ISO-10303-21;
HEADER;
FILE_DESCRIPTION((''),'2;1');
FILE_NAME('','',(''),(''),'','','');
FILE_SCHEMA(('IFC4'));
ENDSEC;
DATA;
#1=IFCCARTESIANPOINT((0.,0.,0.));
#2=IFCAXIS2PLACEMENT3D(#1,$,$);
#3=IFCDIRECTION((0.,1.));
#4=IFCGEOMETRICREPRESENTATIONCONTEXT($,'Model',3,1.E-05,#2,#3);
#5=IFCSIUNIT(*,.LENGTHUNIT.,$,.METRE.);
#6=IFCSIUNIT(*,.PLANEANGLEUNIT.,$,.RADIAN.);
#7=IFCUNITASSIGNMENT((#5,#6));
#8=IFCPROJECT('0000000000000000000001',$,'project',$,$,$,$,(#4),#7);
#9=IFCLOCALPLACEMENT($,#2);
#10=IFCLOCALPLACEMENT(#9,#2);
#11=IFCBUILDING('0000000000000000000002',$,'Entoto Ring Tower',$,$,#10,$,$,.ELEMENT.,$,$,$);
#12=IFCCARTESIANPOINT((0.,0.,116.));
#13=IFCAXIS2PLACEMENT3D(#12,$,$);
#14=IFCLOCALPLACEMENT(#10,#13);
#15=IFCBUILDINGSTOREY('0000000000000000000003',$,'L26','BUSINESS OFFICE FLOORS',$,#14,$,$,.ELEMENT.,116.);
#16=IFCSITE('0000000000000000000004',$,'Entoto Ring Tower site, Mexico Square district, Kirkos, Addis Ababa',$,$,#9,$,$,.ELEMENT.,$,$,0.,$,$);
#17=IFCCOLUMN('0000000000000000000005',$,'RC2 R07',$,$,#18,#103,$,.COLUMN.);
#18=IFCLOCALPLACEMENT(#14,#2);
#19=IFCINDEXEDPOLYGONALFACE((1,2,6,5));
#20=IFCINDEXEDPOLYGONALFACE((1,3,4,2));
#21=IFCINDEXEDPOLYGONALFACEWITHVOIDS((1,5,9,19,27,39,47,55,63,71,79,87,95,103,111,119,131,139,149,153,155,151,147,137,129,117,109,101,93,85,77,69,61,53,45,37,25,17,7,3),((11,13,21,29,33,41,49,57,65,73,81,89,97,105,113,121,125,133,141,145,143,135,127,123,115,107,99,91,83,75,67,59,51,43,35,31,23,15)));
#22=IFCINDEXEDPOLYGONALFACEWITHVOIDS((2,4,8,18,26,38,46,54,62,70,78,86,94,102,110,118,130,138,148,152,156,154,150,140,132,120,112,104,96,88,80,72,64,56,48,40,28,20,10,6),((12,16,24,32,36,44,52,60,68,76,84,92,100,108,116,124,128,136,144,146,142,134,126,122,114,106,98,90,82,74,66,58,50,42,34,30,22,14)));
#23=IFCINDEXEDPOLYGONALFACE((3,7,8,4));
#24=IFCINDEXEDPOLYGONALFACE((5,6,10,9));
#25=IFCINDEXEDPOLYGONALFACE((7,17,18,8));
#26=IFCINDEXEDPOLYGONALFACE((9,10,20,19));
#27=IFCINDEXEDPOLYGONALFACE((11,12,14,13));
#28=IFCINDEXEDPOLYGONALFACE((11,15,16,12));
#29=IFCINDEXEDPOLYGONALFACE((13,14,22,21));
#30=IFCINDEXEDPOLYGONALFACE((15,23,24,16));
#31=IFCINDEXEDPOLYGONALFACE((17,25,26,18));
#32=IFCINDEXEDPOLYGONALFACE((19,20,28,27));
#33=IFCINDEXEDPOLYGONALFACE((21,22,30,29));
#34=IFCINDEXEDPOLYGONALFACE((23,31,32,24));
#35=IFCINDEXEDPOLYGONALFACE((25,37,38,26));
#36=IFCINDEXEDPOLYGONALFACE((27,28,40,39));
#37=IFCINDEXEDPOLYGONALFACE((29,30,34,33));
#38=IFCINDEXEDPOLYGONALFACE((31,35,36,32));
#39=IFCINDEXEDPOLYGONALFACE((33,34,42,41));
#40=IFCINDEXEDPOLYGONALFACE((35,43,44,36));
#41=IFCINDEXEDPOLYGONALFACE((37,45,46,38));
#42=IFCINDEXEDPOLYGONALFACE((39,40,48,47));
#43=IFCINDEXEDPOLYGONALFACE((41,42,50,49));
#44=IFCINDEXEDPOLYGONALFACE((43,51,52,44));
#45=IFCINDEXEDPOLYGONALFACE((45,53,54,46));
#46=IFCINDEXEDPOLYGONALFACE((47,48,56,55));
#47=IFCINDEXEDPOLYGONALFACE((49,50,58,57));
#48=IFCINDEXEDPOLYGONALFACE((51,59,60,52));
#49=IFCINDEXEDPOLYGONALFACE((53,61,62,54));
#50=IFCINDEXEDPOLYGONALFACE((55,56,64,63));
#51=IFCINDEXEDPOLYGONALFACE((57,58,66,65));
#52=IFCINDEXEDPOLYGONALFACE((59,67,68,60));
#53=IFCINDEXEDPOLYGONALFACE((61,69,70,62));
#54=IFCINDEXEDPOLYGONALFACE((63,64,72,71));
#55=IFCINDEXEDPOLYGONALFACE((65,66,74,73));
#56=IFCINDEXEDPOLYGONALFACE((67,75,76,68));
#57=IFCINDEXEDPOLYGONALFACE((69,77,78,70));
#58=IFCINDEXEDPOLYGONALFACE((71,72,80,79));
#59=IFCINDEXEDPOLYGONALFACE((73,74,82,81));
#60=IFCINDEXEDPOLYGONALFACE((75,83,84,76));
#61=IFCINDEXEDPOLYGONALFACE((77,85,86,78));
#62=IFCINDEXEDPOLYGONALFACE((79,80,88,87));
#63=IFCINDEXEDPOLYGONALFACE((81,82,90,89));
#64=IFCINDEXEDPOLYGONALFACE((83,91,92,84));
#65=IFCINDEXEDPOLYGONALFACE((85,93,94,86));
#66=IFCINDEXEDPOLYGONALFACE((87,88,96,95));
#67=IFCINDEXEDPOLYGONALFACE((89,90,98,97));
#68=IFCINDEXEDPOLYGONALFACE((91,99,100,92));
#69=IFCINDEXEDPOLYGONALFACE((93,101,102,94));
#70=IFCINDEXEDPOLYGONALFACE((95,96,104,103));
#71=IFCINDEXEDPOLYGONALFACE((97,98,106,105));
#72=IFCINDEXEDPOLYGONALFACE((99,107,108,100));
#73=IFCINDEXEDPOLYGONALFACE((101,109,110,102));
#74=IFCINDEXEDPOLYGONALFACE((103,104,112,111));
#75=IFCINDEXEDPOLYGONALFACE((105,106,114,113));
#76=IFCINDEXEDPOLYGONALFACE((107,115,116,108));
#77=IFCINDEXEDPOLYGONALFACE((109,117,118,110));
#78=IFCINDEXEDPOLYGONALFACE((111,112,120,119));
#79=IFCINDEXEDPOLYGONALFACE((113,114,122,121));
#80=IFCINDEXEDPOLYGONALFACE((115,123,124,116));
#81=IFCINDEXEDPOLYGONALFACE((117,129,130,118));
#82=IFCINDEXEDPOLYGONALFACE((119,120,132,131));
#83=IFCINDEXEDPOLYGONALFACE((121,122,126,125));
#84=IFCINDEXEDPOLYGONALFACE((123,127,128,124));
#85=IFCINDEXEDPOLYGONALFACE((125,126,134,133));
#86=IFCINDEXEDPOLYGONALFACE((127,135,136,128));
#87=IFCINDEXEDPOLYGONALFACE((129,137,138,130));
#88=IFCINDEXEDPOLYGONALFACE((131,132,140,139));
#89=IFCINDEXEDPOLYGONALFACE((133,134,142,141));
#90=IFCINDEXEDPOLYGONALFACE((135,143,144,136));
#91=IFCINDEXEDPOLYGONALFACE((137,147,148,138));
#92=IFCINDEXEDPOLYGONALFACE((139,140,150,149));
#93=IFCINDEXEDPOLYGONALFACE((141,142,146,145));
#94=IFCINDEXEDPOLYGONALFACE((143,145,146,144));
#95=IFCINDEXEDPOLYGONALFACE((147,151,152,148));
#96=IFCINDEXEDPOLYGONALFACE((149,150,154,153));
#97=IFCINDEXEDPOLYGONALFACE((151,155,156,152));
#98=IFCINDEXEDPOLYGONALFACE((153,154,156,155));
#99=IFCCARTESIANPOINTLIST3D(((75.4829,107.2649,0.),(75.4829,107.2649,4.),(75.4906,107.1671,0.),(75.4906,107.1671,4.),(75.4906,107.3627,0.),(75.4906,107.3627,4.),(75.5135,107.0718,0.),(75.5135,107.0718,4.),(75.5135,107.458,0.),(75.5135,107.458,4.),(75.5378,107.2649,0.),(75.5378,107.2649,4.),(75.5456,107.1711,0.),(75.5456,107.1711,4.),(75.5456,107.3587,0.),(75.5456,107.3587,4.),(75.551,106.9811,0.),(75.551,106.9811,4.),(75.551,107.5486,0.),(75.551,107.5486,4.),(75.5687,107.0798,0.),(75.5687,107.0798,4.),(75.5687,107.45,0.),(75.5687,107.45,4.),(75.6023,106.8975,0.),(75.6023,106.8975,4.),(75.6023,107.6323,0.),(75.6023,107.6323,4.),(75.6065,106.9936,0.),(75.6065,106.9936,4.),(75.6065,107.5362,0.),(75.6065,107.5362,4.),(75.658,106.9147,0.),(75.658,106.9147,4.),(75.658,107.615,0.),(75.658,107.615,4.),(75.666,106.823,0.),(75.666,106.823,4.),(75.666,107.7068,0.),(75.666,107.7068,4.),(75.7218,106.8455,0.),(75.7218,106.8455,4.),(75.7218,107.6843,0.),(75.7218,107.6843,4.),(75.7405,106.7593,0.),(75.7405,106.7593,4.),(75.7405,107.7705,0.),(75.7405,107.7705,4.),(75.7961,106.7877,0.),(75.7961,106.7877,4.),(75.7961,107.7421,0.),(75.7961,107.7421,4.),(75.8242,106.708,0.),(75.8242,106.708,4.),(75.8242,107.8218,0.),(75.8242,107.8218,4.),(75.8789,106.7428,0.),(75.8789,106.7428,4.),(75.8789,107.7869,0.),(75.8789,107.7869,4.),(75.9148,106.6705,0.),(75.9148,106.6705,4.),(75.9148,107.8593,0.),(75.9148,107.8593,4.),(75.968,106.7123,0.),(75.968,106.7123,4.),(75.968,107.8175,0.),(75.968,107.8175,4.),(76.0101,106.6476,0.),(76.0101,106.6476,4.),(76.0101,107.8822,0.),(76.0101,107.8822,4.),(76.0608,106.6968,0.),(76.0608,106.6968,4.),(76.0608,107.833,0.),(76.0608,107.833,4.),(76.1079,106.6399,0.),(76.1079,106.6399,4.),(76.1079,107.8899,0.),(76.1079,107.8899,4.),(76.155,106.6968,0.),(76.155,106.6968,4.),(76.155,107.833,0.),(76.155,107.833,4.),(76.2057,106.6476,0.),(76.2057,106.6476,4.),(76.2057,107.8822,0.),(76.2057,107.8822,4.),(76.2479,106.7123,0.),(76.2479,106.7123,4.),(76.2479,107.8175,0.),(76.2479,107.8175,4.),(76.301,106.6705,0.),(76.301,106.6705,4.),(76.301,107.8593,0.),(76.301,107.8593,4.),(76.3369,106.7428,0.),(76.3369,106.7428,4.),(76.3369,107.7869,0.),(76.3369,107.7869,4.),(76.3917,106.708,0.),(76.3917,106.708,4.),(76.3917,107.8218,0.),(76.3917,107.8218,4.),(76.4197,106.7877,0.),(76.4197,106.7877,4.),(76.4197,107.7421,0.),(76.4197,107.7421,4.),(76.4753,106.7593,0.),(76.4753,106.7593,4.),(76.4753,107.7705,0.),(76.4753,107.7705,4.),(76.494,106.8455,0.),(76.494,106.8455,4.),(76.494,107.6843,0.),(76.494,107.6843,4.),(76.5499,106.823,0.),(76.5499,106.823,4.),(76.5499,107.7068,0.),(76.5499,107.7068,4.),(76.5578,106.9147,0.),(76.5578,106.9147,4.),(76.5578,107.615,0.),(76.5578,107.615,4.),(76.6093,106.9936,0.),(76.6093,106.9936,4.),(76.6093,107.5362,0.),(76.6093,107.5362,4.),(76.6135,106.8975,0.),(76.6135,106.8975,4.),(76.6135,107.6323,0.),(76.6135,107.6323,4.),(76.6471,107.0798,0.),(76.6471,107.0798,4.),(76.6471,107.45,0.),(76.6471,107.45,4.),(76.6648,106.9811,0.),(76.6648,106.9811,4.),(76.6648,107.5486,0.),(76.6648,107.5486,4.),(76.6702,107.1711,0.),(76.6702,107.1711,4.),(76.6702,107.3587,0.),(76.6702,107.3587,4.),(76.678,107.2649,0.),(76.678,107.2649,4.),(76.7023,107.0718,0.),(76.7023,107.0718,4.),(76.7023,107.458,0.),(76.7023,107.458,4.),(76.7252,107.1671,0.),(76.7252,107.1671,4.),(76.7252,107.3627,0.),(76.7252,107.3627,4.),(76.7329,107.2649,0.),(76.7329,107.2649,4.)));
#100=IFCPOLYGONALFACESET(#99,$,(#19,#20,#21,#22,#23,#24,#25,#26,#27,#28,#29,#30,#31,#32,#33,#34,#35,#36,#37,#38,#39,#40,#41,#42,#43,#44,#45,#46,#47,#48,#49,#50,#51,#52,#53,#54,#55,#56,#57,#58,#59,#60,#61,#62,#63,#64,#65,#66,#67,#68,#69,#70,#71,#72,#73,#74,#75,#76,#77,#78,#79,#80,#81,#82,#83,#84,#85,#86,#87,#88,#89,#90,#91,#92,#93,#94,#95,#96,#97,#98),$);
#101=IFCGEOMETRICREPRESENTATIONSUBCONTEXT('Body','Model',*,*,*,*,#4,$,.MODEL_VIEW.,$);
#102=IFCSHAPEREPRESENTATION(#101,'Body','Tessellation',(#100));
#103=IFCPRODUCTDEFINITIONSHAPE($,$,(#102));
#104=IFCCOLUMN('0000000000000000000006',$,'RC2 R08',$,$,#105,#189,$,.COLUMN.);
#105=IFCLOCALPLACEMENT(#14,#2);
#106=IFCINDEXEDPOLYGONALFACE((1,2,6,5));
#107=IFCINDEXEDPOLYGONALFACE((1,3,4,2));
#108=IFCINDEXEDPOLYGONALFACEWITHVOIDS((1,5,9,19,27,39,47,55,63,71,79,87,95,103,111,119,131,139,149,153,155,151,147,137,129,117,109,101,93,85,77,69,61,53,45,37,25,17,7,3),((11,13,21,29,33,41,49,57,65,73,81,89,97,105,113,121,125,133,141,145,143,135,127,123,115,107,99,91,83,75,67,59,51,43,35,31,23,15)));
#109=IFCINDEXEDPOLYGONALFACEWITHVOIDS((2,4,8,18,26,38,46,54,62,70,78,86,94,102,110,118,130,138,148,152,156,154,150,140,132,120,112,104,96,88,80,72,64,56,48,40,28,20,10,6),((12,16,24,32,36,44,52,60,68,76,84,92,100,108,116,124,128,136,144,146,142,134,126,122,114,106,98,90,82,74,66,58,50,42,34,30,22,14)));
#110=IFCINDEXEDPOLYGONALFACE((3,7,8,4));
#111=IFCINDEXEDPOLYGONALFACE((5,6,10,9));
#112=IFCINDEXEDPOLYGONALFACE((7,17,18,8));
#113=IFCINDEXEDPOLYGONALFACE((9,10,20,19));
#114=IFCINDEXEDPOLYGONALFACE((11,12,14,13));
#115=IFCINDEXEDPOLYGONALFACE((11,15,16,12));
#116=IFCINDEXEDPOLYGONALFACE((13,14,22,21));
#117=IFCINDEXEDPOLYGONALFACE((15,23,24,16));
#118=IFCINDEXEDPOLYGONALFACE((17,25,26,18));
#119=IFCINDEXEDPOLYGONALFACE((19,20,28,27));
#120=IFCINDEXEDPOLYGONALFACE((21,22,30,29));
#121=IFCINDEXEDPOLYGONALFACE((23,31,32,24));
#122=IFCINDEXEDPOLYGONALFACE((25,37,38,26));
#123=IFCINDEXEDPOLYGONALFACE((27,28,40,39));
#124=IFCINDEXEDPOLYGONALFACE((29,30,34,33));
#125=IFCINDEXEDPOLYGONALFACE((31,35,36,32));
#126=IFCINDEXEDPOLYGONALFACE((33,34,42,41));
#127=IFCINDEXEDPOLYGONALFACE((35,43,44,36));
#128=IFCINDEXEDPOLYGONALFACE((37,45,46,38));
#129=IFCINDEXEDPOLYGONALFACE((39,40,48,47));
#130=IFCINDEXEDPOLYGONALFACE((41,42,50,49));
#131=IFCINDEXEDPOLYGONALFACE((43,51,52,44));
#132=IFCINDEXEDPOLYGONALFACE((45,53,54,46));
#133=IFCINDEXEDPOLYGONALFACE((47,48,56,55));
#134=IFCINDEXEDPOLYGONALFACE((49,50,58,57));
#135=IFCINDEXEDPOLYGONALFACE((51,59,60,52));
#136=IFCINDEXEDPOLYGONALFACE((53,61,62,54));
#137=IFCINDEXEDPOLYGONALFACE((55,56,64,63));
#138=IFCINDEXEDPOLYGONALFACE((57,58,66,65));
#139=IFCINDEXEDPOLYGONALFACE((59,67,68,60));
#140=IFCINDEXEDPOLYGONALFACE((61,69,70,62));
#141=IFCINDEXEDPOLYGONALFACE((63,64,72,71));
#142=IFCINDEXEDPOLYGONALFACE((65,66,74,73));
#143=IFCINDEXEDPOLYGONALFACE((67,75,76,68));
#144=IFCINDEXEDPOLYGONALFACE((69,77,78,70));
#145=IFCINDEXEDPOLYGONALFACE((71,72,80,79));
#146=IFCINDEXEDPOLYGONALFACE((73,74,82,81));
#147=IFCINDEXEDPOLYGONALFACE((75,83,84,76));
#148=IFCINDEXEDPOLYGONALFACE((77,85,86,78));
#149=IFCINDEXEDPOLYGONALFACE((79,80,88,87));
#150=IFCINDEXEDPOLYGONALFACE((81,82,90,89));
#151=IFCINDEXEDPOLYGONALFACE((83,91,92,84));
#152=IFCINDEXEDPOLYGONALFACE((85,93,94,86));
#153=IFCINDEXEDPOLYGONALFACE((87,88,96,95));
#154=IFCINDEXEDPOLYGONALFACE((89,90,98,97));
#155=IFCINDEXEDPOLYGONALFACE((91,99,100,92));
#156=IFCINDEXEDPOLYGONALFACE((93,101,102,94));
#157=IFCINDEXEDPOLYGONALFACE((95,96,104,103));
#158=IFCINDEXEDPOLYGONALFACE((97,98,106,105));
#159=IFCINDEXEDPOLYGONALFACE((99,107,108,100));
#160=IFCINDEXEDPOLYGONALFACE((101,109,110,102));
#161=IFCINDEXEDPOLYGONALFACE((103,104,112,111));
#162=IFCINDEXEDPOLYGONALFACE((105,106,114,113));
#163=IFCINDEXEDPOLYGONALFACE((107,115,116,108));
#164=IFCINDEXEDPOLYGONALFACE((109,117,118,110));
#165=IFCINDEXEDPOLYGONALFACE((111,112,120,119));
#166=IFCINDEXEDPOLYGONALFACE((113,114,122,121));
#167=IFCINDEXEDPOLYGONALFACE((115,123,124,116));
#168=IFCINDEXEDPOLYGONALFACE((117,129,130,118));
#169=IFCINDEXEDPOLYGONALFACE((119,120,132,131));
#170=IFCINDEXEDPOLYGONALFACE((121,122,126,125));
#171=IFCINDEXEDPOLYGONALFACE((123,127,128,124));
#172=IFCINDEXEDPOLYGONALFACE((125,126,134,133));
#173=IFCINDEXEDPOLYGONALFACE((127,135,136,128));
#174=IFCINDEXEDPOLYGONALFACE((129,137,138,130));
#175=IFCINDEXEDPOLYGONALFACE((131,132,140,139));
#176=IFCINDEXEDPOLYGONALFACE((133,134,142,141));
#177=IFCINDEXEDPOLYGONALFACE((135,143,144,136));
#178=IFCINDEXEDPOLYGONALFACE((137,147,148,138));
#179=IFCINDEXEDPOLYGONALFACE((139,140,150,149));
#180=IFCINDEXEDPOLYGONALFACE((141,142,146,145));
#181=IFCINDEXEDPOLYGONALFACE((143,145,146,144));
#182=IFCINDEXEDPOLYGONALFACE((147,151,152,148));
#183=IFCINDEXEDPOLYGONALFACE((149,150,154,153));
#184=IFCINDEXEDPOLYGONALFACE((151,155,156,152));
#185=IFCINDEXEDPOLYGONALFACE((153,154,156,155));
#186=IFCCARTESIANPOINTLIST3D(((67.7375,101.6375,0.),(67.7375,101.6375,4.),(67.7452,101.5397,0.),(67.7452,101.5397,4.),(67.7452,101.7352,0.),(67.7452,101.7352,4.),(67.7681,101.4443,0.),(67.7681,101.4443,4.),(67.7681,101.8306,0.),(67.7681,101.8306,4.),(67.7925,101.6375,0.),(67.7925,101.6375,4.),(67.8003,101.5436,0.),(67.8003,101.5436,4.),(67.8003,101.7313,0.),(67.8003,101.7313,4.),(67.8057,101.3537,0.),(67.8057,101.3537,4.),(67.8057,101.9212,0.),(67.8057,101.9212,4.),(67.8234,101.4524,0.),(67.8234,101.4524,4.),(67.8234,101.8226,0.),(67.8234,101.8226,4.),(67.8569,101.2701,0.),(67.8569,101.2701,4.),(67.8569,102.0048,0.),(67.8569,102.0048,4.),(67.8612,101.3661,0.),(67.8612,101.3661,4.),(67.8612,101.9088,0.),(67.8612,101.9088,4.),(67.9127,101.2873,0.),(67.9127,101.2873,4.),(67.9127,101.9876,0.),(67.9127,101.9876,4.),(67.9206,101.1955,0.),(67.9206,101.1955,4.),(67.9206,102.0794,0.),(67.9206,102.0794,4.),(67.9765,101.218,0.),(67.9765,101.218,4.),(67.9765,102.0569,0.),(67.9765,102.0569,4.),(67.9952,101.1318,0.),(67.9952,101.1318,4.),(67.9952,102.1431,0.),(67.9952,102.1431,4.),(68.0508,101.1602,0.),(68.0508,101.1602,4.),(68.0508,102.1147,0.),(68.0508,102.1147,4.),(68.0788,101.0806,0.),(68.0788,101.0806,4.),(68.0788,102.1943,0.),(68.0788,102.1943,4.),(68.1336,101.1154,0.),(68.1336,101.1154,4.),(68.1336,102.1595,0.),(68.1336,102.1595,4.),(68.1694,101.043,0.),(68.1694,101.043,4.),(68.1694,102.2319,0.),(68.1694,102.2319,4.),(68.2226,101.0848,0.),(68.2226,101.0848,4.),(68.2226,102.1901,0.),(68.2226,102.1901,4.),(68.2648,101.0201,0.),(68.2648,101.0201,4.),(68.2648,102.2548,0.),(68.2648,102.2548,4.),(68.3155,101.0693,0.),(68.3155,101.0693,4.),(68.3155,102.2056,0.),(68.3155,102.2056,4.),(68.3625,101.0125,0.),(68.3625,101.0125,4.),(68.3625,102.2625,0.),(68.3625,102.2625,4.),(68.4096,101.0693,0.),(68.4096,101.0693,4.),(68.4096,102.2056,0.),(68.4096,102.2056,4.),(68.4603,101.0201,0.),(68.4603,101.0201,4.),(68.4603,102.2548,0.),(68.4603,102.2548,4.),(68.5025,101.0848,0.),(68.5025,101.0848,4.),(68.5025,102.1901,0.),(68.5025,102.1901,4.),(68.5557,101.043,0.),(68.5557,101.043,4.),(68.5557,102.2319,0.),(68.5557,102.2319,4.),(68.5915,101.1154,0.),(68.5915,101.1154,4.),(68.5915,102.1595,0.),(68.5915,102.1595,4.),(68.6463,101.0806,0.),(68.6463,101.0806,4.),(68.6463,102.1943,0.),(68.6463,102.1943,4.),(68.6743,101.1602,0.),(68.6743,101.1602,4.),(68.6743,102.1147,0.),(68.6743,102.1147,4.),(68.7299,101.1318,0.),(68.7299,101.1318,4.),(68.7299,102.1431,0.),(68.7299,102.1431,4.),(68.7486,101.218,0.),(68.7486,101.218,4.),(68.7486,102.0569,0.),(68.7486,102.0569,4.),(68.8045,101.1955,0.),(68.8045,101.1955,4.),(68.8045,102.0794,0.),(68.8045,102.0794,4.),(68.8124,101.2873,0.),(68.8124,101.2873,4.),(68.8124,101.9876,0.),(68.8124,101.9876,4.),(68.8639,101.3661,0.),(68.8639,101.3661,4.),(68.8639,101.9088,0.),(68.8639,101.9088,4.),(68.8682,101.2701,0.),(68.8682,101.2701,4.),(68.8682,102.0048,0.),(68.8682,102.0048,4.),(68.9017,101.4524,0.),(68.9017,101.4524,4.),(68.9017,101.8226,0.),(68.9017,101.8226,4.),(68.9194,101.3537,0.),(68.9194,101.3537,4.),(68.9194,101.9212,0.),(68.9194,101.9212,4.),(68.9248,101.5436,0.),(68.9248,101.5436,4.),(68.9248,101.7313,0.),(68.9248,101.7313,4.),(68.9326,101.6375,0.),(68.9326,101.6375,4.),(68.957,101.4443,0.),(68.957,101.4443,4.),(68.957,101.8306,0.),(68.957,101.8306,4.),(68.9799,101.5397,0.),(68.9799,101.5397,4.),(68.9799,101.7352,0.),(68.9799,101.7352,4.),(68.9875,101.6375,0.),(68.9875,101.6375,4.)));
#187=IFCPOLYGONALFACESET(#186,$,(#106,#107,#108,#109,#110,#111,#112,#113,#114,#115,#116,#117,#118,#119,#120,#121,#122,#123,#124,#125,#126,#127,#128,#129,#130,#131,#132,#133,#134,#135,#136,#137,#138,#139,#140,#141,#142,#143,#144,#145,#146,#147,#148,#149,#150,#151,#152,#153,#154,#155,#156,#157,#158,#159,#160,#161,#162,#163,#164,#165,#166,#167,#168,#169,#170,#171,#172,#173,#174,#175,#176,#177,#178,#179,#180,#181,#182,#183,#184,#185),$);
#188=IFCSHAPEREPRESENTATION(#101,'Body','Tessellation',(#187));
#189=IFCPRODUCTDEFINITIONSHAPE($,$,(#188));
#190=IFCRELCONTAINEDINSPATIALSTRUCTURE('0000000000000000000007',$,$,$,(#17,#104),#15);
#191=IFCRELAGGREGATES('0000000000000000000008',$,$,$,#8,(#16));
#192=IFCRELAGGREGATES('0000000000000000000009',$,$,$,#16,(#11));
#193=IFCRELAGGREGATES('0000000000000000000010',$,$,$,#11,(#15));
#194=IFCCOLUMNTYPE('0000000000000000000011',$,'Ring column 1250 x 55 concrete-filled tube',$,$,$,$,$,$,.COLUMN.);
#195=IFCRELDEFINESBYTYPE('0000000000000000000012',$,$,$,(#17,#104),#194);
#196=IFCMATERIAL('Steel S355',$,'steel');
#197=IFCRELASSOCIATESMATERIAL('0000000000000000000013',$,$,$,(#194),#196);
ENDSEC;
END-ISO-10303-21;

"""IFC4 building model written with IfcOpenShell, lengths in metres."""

from ifc_helpers import new_model, si_unit, direction, frame, origin, origin_2d, place, context, subcontext, project, spatial, circle, hollow_circle, extrude, material, material_profile, profile_set, type_object, element, save


model = new_model("IFC4")

# Units and contexts
model_context = context("Model", 3, precision=1e-05, world=origin(), true_north=direction((0.0, 1.0)))
body_context = subcontext(model_context, "Body", "Model", "MODEL_VIEW")
ifc_project = project(units=[si_unit("LENGTHUNIT", "METRE"), si_unit("PLANEANGLEUNIT", "RADIAN")], contexts=[model_context])

# Site, building, storey
site_placement = place(None, origin())
site = spatial("IfcSite", under=ifc_project, at=site_placement, Name="Entoto Ring Tower site, Mexico Square district, Kirkos, Addis Ababa", CompositionType="ELEMENT", RefElevation=0.0)
building_placement = place(site_placement, origin())
building = spatial("IfcBuilding", under=site, at=building_placement, Name="Entoto Ring Tower", CompositionType="ELEMENT")
storey_placement = place(building_placement, frame((0.0, 0.0, 116.0)))
storey = spatial("IfcBuildingStorey", under=building, at=storey_placement, Name="L26", Description="BUSINESS OFFICE FLOORS", CompositionType="ELEMENT", Elevation=116.0)

# Columns
ifc_material_1 = material(Name="Steel S355", Category="steel")
ifc_material_profile_1 = material_profile(ifc_material_1, hollow_circle(Radius=0.625, WallThickness=0.0549, at=origin_2d()), Name="CHS 1250 x 55")
ifc_material_2 = material(Name="Concrete C60/75", Category="concrete")
ifc_material_profile_2 = material_profile(ifc_material_2, circle(Radius=0.5701, at=origin_2d()), Name="Concrete C60/75 infill")
ifc_profile_set_1 = profile_set([ifc_material_profile_1, ifc_material_profile_2], Name="Steel S355")
column_type = type_object("IfcColumnType", Name="Ring column 1250 x 55 concrete-filled tube", PredefinedType="COLUMN", material=ifc_profile_set_1)
for number, where, z_axis, x_axis, name in (
    (1, (76.1079, 107.2649, 0.0), (0.0, 0.0, 1.0), (1.0, 0.0, 0.0), "RC2 R07"),
    (2, (68.3625, 101.6375, 0.0), (0.0, 0.0, 1.0), (1.0, 0.0, 0.0), "RC2 R08"),
):
    element("IfcColumn", number, at=place(storey_placement, frame(where, z_axis=z_axis, x_axis=x_axis)), inside=storey, type_object=column_type, Name=name, PredefinedType="COLUMN", context=body_context, shape_type="SweptSolid", body=[
        extrude(hollow_circle(Radius=0.625, WallThickness=0.0549, at=origin_2d()), origin(), (0.0, 0.0, 1.0), 4.0),
    ])

save(model, "model.ifc")
